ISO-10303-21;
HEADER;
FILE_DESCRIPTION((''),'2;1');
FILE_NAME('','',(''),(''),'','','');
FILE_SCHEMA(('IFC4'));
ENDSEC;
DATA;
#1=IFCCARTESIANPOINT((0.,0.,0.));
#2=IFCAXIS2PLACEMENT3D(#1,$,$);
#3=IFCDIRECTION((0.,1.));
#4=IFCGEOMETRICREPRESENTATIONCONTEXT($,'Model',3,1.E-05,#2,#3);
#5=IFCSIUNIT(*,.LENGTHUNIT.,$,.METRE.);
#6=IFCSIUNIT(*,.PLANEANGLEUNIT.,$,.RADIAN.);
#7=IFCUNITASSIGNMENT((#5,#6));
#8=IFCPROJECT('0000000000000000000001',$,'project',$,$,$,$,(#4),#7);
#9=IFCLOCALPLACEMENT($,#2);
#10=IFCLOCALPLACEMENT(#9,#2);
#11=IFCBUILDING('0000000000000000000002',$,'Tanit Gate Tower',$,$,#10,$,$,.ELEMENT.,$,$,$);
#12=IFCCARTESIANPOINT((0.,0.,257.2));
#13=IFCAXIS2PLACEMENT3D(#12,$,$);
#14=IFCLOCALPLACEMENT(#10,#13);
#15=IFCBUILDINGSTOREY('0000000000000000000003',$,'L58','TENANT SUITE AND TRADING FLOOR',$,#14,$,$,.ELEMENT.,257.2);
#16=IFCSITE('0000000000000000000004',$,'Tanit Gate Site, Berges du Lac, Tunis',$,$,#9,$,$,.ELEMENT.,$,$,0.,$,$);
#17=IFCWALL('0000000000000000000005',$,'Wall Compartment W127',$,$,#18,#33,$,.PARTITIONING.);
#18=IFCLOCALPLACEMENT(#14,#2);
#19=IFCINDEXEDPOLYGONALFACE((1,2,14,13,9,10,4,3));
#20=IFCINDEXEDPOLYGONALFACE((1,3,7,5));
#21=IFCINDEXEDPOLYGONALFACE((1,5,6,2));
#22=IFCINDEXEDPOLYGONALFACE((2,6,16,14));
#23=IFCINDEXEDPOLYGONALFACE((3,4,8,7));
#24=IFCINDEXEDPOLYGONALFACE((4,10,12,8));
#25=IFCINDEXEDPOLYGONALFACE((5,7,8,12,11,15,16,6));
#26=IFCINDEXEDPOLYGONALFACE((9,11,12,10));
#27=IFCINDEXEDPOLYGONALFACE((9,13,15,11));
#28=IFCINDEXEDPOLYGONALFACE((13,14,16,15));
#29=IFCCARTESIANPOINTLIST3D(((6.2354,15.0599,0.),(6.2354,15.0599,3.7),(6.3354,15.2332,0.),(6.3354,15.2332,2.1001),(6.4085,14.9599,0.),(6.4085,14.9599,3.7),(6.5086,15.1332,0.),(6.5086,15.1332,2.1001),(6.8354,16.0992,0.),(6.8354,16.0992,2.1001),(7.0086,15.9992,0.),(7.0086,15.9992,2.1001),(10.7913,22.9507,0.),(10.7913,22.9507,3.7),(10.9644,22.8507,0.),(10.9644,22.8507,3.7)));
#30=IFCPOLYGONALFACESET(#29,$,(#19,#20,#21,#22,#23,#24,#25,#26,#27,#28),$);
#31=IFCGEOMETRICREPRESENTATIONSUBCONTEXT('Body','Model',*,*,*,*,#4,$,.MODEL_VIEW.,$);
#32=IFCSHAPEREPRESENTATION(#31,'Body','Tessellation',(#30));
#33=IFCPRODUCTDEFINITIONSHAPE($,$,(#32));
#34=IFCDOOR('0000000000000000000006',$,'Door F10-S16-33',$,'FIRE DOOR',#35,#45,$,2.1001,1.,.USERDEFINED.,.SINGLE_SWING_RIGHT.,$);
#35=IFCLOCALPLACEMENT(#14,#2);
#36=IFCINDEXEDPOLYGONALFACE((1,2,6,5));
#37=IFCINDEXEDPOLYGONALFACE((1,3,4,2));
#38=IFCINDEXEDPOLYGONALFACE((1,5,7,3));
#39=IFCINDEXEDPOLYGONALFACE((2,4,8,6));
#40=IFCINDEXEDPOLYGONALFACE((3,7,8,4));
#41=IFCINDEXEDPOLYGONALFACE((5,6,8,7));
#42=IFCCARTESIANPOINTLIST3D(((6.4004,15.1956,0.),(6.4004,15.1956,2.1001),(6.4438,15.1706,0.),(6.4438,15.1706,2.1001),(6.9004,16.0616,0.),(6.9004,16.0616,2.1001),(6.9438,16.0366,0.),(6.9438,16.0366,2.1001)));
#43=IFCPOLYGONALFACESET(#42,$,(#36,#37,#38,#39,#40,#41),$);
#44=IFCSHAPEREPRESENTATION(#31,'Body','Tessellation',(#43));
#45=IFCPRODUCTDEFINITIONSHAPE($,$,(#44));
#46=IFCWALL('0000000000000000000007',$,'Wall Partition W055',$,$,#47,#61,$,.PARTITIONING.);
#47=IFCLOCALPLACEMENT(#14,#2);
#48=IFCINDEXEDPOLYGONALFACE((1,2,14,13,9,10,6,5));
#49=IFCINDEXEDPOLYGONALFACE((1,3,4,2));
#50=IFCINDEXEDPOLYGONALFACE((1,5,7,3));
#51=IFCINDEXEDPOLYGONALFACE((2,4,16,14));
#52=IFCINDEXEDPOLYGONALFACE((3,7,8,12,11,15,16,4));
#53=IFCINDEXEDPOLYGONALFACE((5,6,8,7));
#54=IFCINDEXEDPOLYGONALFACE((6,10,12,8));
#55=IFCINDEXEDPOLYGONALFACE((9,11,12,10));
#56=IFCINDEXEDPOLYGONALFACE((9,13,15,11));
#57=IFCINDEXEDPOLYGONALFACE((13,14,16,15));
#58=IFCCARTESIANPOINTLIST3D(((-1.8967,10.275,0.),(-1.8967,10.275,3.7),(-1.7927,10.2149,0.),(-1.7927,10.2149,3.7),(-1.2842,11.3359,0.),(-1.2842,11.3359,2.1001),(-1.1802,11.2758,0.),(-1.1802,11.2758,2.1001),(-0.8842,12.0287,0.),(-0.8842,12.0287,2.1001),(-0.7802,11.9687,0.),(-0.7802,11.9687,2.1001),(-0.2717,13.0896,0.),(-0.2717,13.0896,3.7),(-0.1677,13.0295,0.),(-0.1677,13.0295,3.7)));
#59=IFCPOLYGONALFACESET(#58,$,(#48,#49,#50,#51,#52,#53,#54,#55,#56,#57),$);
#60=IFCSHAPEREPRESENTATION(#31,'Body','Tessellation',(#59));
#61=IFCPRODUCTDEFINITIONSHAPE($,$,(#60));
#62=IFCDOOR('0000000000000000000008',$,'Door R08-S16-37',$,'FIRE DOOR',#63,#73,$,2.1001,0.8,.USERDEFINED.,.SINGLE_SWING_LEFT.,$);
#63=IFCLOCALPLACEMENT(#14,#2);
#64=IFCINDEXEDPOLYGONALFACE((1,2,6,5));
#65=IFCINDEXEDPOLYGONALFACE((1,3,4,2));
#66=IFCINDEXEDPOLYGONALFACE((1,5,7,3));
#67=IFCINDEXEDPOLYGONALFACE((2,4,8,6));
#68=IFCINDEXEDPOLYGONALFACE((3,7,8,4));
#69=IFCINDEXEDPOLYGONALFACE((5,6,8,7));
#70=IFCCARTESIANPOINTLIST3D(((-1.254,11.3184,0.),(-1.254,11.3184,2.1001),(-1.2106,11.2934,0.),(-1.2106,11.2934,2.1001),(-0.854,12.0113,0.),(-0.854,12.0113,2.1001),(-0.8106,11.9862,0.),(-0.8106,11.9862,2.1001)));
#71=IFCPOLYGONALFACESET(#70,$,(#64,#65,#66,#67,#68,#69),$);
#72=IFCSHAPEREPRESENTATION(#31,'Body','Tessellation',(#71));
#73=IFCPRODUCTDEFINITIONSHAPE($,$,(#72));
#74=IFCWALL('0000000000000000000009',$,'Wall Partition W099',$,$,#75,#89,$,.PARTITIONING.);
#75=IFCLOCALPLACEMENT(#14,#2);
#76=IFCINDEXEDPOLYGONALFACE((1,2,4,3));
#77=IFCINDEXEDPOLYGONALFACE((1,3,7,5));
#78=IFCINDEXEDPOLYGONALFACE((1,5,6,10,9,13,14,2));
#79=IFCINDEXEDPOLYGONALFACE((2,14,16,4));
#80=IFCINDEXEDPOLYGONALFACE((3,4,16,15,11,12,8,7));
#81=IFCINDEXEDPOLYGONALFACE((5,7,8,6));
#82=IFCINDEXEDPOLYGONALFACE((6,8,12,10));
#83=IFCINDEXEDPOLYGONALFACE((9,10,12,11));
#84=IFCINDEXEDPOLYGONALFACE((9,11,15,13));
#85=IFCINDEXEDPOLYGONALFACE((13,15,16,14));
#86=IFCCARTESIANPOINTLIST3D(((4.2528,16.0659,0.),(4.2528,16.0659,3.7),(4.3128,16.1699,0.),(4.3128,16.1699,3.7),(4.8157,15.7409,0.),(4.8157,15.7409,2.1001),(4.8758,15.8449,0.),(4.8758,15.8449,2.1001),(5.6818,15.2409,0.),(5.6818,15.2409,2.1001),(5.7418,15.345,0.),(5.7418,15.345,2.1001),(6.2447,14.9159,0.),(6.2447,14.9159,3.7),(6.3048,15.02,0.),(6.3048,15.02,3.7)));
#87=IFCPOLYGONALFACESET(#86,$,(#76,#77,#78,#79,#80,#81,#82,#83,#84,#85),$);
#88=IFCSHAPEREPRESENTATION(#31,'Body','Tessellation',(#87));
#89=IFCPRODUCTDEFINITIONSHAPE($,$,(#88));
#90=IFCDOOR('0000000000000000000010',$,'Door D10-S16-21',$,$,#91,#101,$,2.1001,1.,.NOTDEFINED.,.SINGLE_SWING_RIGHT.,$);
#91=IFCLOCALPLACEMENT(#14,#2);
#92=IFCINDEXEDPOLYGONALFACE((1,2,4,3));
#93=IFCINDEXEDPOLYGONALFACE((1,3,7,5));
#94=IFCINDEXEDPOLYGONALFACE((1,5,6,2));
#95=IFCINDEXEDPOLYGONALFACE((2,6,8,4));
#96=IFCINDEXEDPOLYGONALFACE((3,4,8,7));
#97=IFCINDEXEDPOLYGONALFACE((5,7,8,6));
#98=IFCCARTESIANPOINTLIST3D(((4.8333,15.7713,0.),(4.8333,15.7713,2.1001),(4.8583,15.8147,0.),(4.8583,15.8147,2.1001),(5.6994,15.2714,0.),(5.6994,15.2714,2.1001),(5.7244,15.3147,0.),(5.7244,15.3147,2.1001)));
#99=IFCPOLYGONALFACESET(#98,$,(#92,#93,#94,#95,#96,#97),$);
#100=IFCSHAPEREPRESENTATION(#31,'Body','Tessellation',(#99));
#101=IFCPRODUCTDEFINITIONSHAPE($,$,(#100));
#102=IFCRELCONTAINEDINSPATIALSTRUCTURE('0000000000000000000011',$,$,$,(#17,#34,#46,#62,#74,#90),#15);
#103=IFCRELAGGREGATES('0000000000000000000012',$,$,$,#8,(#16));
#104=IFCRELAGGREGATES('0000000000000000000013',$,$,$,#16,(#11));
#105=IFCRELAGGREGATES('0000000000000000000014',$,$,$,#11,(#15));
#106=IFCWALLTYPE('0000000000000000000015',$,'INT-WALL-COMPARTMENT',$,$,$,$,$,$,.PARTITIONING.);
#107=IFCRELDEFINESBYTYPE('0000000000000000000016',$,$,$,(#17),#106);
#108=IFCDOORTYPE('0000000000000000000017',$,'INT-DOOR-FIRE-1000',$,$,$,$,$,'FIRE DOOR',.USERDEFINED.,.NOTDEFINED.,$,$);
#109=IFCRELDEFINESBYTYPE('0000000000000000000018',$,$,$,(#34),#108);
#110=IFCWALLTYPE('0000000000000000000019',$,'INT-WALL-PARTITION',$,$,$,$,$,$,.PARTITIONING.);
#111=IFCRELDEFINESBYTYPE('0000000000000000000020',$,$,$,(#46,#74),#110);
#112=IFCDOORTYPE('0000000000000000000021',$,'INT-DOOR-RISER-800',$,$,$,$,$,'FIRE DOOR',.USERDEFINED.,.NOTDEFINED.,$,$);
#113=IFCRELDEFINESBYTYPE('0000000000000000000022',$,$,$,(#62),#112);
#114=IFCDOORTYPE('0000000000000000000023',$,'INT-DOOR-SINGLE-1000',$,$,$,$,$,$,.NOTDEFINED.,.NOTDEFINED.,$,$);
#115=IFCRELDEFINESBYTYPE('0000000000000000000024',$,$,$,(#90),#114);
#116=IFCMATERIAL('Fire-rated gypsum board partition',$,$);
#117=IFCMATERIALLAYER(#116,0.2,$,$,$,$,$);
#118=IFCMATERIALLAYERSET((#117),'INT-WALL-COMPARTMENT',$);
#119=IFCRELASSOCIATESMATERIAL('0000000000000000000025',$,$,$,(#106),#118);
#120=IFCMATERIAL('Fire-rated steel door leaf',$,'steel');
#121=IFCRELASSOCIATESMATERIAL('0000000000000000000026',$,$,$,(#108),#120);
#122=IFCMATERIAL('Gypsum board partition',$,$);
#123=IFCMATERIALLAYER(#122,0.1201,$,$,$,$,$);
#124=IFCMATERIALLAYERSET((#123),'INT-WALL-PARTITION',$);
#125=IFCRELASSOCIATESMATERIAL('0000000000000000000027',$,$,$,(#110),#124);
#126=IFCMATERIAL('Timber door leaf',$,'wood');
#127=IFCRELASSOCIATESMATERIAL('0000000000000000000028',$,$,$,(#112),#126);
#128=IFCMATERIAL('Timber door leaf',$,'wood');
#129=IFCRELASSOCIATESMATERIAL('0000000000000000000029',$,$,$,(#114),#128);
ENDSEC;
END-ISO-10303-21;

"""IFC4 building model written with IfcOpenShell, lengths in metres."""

from ifc_helpers import new_model, si_unit, direction, frame, frame_2d, origin, place, context, subcontext, project, spatial, rectangle, extrude, material, layer, layer_set, type_object, element, fill, save


model = new_model("IFC4")

# Units and contexts
model_context = context("Model", 3, precision=1e-05, world=origin(), true_north=direction((0.0, 1.0)))
body_context = subcontext(model_context, "Body", "Model", "MODEL_VIEW")
ifc_project = project(units=[si_unit("LENGTHUNIT", "METRE"), si_unit("PLANEANGLEUNIT", "RADIAN")], contexts=[model_context])

# Site, building, storey
site_placement = place(None, origin())
site = spatial("IfcSite", under=ifc_project, at=site_placement, Name="Tanit Gate Site, Berges du Lac, Tunis", CompositionType="ELEMENT", RefElevation=0.0)
building_placement = place(site_placement, origin())
building = spatial("IfcBuilding", under=site, at=building_placement, Name="Tanit Gate Tower", CompositionType="ELEMENT")
storey_placement = place(building_placement, frame((0.0, 0.0, 257.2)))
storey = spatial("IfcBuildingStorey", under=building, at=storey_placement, Name="L58", Description="TENANT SUITE AND TRADING FLOOR", CompositionType="ELEMENT", Elevation=257.2)

# Shared definitions
ifc_material_1 = material(Name="Fire-rated gypsum board partition")
ifc_layer_1 = layer(ifc_material_1, 0.2)
ifc_layer_set_1 = layer_set([ifc_layer_1], Name="INT-WALL-COMPARTMENT")
wall_type_1 = type_object("IfcWallType", Name="INT-WALL-COMPARTMENT", PredefinedType="PARTITIONING", material=ifc_layer_set_1)

# Walls, openings, doors
ifc_material_2 = material(Name="Fire-rated steel door leaf", Category="steel")
door_type_1 = type_object("IfcDoorType", Name="INT-DOOR-FIRE-1000", ElementType="FIRE DOOR", OperationType="NOTDEFINED", PredefinedType="USERDEFINED", material=ifc_material_2)
wall_1_placement = place(storey_placement, frame((6.322, 15.01, 0.0), z_axis=(0.0, 0.0, 1.0), x_axis=(0.500009, 0.86602, 0.0)))
wall_1 = element("IfcWall", 1, at=wall_1_placement, inside=storey, type_object=wall_type_1, Name="Wall Compartment W127", PredefinedType="PARTITIONING", context=body_context, shape_type="SweptSolid", body=[
    extrude(rectangle(XDim=9.1116, YDim=0.2, at=frame_2d((4.5557, 0.0))), origin(), (0.0, 0.0, 1.0), 3.7),
])
opening_1_placement = place(wall_1_placement, frame((0.2, 0.0, 0.0)))
opening_1 = element("IfcOpeningElement", 2, at=opening_1_placement, cuts=wall_1, PredefinedType="OPENING", context=body_context, shape_type="SweptSolid", body=[
    extrude(rectangle(XDim=1.0, YDim=2.1001, at=frame_2d((0.5, 1.05))), frame((0.0, 0.1099, 0.0), z_axis=(0.0, -1.0, 0.0), x_axis=(1.0, 0.0, 0.0)), (0.0, 0.0, 1.0), 0.22),
])
door_1_placement = place(opening_1_placement, origin())
door_1 = element("IfcDoor", 3, at=door_1_placement, inside=storey, type_object=door_type_1, Name="Door F10-S16-33", ObjectType="FIRE DOOR", OperationType="SINGLE_SWING_RIGHT", OverallHeight=2.1001, OverallWidth=1.0, PredefinedType="USERDEFINED", context=body_context, shape_type="SweptSolid", body=[
    extrude(rectangle(XDim=1.0, YDim=2.1001, at=frame_2d((0.5, 1.05))), frame((0.0, 0.0249, 0.0), z_axis=(0.0, -1.0, 0.0), x_axis=(1.0, 0.0, 0.0)), (0.0, 0.0, 1.0), 0.05),
])
fill(opening_1, door_1)
ifc_material_3 = material(Name="Gypsum board partition")
ifc_layer_2 = layer(ifc_material_3, 0.1201)
ifc_layer_set_2 = layer_set([ifc_layer_2], Name="INT-WALL-PARTITION")
wall_type_2 = type_object("IfcWallType", Name="INT-WALL-PARTITION", PredefinedType="PARTITIONING", material=ifc_layer_set_2)
wall_2_placement = place(storey_placement, frame((-0.2197, 13.0596, 0.0), z_axis=(0.0, 0.0, 1.0), x_axis=(-0.499985, -0.866034, 0.0)))
wall_2 = element("IfcWall", 4, at=wall_2_placement, inside=storey, type_object=wall_type_2, Name="Wall Partition W055", PredefinedType="PARTITIONING", context=body_context, shape_type="SweptSolid", body=[
    extrude(rectangle(XDim=3.25, YDim=0.1201, at=frame_2d((1.625, 0.0))), origin(), (0.0, 0.0, 1.0), 3.7),
])
opening_2_placement = place(wall_2_placement, frame((1.2251, 0.0, 0.0)))
opening_2 = element("IfcOpeningElement", 5, at=opening_2_placement, cuts=wall_2, PredefinedType="OPENING", context=body_context, shape_type="SweptSolid", body=[
    extrude(rectangle(XDim=0.8, YDim=2.1001, at=frame_2d((0.3999, 1.05))), frame((0.0, 0.0701, 0.0), z_axis=(0.0, -1.0, 0.0), x_axis=(1.0, 0.0, 0.0)), (0.0, 0.0, 1.0), 0.1401),
])
ifc_material_4 = material(Name="Timber door leaf", Category="wood")
door_type_2 = type_object("IfcDoorType", Name="INT-DOOR-RISER-800", ElementType="FIRE DOOR", OperationType="NOTDEFINED", PredefinedType="USERDEFINED", material=ifc_material_4)
door_2_placement = place(opening_2_placement, origin())
door_2 = element("IfcDoor", 6, at=door_2_placement, inside=storey, type_object=door_type_2, Name="Door R08-S16-37", ObjectType="FIRE DOOR", OperationType="SINGLE_SWING_LEFT", OverallHeight=2.1001, OverallWidth=0.8, PredefinedType="USERDEFINED", context=body_context, shape_type="SweptSolid", body=[
    extrude(rectangle(XDim=0.8, YDim=2.1001, at=frame_2d((0.3999, 1.05))), frame((0.0, 0.0249, 0.0), z_axis=(0.0, -1.0, 0.0), x_axis=(1.0, 0.0, 0.0)), (0.0, 0.0, 1.0), 0.05),
])
fill(opening_2, door_2)
wall_3_placement = place(storey_placement, frame((6.2747, 14.968, 0.0), z_axis=(0.0, 0.0, 1.0), x_axis=(-0.866053, 0.499952, 0.0)))
wall_3 = element("IfcWall", 7, at=wall_3_placement, inside=storey, type_object=wall_type_2, Name="Wall Partition W099", PredefinedType="PARTITIONING", context=body_context, shape_type="SweptSolid", body=[
    extrude(rectangle(XDim=2.3, YDim=0.1201, at=frame_2d((1.1499, 0.0))), origin(), (0.0, 0.0, 1.0), 3.7),
])
opening_3_placement = place(wall_3_placement, frame((0.6499, 0.0, 0.0)))
opening_3 = element("IfcOpeningElement", 8, at=opening_3_placement, cuts=wall_3, PredefinedType="OPENING", context=body_context, shape_type="SweptSolid", body=[
    extrude(rectangle(XDim=1.0, YDim=2.1001, at=frame_2d((0.5, 1.05))), frame((0.0, 0.0701, 0.0), z_axis=(0.0, -1.0, 0.0), x_axis=(1.0, 0.0, 0.0)), (0.0, 0.0, 1.0), 0.1401),
])
ifc_material_5 = material(Name="Timber door leaf", Category="wood")
door_type_3 = type_object("IfcDoorType", Name="INT-DOOR-SINGLE-1000", OperationType="NOTDEFINED", PredefinedType="NOTDEFINED", material=ifc_material_5)
door_3_placement = place(opening_3_placement, origin())
door_3 = element("IfcDoor", 9, at=door_3_placement, inside=storey, type_object=door_type_3, Name="Door D10-S16-21", OperationType="SINGLE_SWING_RIGHT", OverallHeight=2.1001, OverallWidth=1.0, PredefinedType="NOTDEFINED", context=body_context, shape_type="SweptSolid", body=[
    extrude(rectangle(XDim=1.0, YDim=2.1001, at=frame_2d((0.5, 1.05))), frame((0.0, 0.0249, 0.0), z_axis=(0.0, -1.0, 0.0), x_axis=(1.0, 0.0, 0.0)), (0.0, 0.0, 1.0), 0.05),
])
fill(opening_3, door_3)

save(model, "model.ifc")
